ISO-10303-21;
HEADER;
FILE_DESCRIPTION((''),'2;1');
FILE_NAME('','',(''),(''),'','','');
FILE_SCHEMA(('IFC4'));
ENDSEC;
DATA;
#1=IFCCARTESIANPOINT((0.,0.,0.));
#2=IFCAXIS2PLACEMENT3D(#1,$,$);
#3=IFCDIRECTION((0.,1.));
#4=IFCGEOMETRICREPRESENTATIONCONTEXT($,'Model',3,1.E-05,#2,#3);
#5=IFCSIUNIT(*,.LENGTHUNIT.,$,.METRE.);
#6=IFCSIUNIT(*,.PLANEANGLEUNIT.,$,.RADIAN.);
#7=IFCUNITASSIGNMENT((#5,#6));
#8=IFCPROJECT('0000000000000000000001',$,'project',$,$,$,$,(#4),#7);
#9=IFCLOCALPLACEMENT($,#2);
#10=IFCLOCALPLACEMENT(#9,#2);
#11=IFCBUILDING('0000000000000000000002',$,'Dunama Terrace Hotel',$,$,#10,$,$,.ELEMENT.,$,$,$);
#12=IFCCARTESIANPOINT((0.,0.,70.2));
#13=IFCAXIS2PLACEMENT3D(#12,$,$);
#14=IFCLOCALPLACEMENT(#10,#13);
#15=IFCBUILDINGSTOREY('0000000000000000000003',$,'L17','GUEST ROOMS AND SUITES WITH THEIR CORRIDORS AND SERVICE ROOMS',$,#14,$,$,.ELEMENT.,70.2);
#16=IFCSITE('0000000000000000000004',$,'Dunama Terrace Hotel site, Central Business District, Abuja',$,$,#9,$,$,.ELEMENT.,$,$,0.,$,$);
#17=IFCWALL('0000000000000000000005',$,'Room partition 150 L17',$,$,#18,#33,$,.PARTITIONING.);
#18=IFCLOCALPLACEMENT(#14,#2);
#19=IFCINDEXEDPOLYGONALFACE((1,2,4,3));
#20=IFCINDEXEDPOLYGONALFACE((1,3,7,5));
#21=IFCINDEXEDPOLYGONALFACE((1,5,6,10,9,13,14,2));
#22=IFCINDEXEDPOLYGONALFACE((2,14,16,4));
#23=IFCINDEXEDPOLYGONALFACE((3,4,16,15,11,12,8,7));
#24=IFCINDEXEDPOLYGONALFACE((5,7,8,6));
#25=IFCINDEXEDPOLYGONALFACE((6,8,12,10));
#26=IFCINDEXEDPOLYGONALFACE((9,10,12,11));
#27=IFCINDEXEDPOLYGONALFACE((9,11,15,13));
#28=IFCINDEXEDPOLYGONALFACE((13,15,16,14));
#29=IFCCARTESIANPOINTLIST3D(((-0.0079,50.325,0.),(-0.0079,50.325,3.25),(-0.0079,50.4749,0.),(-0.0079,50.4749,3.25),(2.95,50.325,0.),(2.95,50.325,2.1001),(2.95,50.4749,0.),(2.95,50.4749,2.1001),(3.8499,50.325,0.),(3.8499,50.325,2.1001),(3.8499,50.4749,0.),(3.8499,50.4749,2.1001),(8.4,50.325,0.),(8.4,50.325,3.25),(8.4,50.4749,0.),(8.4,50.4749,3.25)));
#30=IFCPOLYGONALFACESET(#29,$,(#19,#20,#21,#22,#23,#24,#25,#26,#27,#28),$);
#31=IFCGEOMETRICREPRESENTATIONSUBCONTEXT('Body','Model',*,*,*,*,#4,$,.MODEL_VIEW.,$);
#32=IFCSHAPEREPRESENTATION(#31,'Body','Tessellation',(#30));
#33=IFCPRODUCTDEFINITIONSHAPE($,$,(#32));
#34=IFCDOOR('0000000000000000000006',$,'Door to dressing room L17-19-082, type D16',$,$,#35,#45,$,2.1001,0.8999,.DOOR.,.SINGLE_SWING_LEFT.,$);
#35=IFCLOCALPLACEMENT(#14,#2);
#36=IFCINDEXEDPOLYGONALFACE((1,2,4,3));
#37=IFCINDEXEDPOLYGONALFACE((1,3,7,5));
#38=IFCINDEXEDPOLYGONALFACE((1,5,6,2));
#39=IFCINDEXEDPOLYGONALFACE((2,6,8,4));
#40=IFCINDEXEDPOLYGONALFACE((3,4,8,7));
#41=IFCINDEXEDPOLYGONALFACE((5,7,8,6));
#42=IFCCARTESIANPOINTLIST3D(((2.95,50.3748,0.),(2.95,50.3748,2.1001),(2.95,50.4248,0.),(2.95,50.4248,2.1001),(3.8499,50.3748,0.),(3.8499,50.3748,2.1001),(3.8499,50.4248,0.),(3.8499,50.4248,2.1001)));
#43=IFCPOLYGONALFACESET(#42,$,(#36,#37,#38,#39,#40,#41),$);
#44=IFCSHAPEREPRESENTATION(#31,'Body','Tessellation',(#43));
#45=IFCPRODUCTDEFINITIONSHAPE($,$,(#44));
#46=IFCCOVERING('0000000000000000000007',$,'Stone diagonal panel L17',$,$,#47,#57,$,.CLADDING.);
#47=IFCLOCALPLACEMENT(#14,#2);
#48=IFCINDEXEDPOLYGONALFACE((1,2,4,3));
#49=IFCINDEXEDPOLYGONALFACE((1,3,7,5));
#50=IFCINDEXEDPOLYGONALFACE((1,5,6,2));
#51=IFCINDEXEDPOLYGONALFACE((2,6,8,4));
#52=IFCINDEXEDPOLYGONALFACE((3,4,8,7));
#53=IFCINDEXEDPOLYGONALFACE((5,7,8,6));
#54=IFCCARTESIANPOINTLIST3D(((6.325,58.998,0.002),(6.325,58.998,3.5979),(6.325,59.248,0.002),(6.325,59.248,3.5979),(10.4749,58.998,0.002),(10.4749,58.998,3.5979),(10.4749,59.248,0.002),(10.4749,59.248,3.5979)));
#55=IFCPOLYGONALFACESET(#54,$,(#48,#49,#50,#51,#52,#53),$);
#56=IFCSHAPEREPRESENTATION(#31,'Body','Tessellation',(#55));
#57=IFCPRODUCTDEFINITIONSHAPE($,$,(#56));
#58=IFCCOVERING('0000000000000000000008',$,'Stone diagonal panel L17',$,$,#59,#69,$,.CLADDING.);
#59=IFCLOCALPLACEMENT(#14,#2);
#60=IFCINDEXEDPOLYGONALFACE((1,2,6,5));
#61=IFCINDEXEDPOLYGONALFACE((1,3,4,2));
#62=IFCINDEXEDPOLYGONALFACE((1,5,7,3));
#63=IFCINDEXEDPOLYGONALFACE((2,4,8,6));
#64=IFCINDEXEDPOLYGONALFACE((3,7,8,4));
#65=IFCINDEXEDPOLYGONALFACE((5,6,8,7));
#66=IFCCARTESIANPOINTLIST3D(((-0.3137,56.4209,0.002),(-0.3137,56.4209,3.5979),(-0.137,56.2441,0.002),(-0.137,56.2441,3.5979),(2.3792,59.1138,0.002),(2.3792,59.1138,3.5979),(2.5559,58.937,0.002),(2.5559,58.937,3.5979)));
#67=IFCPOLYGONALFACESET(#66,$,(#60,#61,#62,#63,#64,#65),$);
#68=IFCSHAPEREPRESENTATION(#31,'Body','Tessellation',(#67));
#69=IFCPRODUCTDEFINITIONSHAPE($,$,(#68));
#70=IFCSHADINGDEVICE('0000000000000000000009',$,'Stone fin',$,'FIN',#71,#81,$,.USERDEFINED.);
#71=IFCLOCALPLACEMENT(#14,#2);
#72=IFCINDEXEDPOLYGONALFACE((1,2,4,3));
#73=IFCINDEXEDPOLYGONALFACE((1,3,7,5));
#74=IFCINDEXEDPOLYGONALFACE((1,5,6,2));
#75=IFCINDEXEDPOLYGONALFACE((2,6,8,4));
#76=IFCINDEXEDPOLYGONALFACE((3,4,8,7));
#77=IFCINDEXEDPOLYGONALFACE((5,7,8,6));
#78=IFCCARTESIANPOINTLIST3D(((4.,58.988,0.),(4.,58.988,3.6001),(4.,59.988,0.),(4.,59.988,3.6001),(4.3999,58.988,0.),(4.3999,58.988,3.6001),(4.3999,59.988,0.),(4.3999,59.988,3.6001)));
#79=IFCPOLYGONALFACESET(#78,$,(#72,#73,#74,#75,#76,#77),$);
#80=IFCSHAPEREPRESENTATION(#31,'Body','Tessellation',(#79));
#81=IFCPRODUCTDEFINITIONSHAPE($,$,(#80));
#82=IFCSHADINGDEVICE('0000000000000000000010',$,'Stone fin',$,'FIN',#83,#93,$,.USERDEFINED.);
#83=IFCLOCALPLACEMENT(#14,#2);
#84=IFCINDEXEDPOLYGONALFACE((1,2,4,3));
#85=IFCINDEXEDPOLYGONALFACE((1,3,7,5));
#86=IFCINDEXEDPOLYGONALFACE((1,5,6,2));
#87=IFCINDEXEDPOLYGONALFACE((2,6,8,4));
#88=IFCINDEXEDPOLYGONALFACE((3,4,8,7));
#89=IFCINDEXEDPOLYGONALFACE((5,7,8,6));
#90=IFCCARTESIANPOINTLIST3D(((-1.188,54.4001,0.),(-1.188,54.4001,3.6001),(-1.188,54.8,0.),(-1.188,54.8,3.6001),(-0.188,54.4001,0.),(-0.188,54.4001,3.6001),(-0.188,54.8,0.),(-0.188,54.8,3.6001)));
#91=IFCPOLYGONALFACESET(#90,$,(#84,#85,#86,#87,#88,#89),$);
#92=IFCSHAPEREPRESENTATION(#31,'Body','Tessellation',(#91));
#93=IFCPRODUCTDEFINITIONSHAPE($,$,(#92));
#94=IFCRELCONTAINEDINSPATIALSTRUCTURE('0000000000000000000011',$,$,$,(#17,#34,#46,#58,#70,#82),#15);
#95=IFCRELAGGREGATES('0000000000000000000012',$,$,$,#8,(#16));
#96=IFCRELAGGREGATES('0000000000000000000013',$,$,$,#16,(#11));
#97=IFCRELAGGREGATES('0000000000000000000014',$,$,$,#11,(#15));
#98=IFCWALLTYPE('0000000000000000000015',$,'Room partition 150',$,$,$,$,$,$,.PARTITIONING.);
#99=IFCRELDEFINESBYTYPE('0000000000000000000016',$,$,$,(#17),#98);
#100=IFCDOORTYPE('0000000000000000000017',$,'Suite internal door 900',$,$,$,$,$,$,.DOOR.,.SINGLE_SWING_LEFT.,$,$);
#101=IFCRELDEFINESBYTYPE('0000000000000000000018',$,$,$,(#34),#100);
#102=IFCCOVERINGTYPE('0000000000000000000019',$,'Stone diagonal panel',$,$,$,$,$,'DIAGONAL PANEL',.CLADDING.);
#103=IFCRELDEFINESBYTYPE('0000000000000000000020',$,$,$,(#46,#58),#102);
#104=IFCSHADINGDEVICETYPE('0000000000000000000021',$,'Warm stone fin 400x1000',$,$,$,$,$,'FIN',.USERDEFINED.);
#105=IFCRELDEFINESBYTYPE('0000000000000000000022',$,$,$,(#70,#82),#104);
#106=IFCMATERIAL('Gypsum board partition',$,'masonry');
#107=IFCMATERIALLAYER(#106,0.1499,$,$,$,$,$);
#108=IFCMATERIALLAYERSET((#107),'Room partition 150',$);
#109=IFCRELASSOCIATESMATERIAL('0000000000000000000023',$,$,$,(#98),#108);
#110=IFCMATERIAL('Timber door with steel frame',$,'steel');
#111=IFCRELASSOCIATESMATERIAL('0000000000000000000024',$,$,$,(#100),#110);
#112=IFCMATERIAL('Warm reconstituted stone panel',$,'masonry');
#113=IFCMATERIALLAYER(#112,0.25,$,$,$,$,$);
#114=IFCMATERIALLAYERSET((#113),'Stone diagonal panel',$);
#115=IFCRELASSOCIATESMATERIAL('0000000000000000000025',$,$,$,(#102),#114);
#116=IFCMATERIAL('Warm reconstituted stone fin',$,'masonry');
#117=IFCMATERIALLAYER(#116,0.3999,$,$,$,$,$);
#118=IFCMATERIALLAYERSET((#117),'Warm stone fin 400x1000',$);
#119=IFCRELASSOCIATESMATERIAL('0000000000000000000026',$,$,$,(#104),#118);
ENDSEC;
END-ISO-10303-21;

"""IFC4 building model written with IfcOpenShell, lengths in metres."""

from ifc_helpers import new_model, si_unit, direction, frame, frame_2d, origin, origin_2d, place, context, subcontext, project, spatial, rectangle, extrude, material, layer, layer_set, type_object, element, fill, save


model = new_model("IFC4")

# Units and contexts
model_context = context("Model", 3, precision=1e-05, world=origin(), true_north=direction((0.0, 1.0)))
body_context = subcontext(model_context, "Body", "Model", "MODEL_VIEW")
ifc_project = project(units=[si_unit("LENGTHUNIT", "METRE"), si_unit("PLANEANGLEUNIT", "RADIAN")], contexts=[model_context])

# Site, building, storey
site_placement = place(None, origin())
site = spatial("IfcSite", under=ifc_project, at=site_placement, Name="Dunama Terrace Hotel site, Central Business District, Abuja", CompositionType="ELEMENT", RefElevation=0.0)
building_placement = place(site_placement, origin())
building = spatial("IfcBuilding", under=site, at=building_placement, Name="Dunama Terrace Hotel", CompositionType="ELEMENT")
storey_placement = place(building_placement, frame((0.0, 0.0, 70.2)))
storey = spatial("IfcBuildingStorey", under=building, at=storey_placement, Name="L17", Description="GUEST ROOMS AND SUITES WITH THEIR CORRIDORS AND SERVICE ROOMS", CompositionType="ELEMENT", Elevation=70.2)

# Wall, opening, door
ifc_material_1 = material(Name="Gypsum board partition", Category="masonry")
ifc_layer_1 = layer(ifc_material_1, 0.1499)
ifc_layer_set_1 = layer_set([ifc_layer_1], Name="Room partition 150")
wall_type_1 = type_object("IfcWallType", Name="Room partition 150", PredefinedType="PARTITIONING", material=ifc_layer_set_1)
wall_1_placement = place(storey_placement, frame((-0.0081, 50.3999, 0.0), z_axis=(0.0, 0.0, 1.0), x_axis=(1.0, 0.0, 0.0)))
wall_1 = element("IfcWall", 1, at=wall_1_placement, inside=storey, type_object=wall_type_1, Name="Room partition 150 L17", PredefinedType="PARTITIONING", context=body_context, shape_type="SweptSolid", body=[
    extrude(rectangle(XDim=8.408, YDim=0.1499, at=frame_2d((4.2041, 0.0))), origin(), (0.0, 0.0, 1.0), 3.25),
])
opening_1_placement = place(wall_1_placement, frame((2.958, 0.0, 0.0)))
opening_1 = element("IfcOpeningElement", 2, at=opening_1_placement, cuts=wall_1, PredefinedType="OPENING", context=body_context, shape_type="SweptSolid", body=[
    extrude(rectangle(XDim=0.8999, YDim=2.1001, at=frame_2d((0.45, 1.05))), frame((0.0, 0.085, 0.0), z_axis=(0.0, -1.0, 0.0), x_axis=(1.0, 0.0, 0.0)), (0.0, 0.0, 1.0), 0.1699),
])
ifc_material_2 = material(Name="Timber door with steel frame", Category="steel")
door_type_1 = type_object("IfcDoorType", Name="Suite internal door 900", OperationType="SINGLE_SWING_LEFT", PredefinedType="DOOR", material=ifc_material_2)
door_1_placement = place(opening_1_placement, frame((0.8999, 0.0, 0.0), z_axis=(0.0, 0.0, 1.0), x_axis=(-1.0, 0.0, 0.0)))
door_1 = element("IfcDoor", 3, at=door_1_placement, inside=storey, type_object=door_type_1, Name="Door to dressing room L17-19-082, type D16", OperationType="SINGLE_SWING_LEFT", OverallHeight=2.1001, OverallWidth=0.8999, PredefinedType="DOOR", context=body_context, shape_type="SweptSolid", body=[
    extrude(rectangle(XDim=0.8999, YDim=2.1001, at=frame_2d((0.45, 1.05))), frame((0.0, 0.0251, 0.0), z_axis=(0.0, -1.0, 0.0), x_axis=(1.0, 0.0, 0.0)), (0.0, 0.0, 1.0), 0.05),
])
fill(opening_1, door_1)

# Coverings
ifc_material_3 = material(Name="Warm reconstituted stone panel", Category="masonry")
ifc_layer_2 = layer(ifc_material_3, 0.25)
ifc_layer_set_2 = layer_set([ifc_layer_2], Name="Stone diagonal panel")
covering_type = type_object("IfcCoveringType", Name="Stone diagonal panel", ElementType="DIAGONAL PANEL", PredefinedType="CLADDING", material=ifc_layer_set_2)
covering_1_placement = place(storey_placement, frame((8.3999, 59.123, 0.002), z_axis=(0.0, 0.0, 1.0), x_axis=(-1.0, 0.0, 0.0)))
element("IfcCovering", 4, at=covering_1_placement, inside=storey, type_object=covering_type, Name="Stone diagonal panel L17", PredefinedType="CLADDING", context=body_context, shape_type="SweptSolid", body=[
    extrude(rectangle(XDim=4.1499, YDim=0.25, at=origin_2d()), origin(), (0.0, 0.0, 1.0), 3.5959),
])
covering_2_placement = place(storey_placement, frame((1.1211, 57.679, 0.002), z_axis=(0.0, 0.0, 1.0), x_axis=(-0.707107, -0.707107, 0.0)))
element("IfcCovering", 5, at=covering_2_placement, inside=storey, type_object=covering_type, Name="Stone diagonal panel L17", PredefinedType="CLADDING", context=body_context, shape_type="SweptSolid", body=[
    extrude(rectangle(XDim=3.8083, YDim=0.25, at=origin_2d()), origin(), (0.0, 0.0, 1.0), 3.5959),
])

# Shading devices
ifc_material_4 = material(Name="Warm reconstituted stone fin", Category="masonry")
ifc_layer_3 = layer(ifc_material_4, 0.3999)
ifc_layer_set_3 = layer_set([ifc_layer_3], Name="Warm stone fin 400x1000")
shading_device_type = type_object("IfcShadingDeviceType", Name="Warm stone fin 400x1000", ElementType="FIN", PredefinedType="USERDEFINED", material=ifc_layer_set_3)
for number, where, z_axis, x_axis, name in (
    (6, (4.2, 59.488, 0.0), (0.0, 0.0, 1.0), (-1.0, 0.0, 0.0), "Stone fin"),
    (7, (-0.688, 54.6001, 0.0), (0.0, 0.0, 1.0), (0.0, -1.0, 0.0), "Stone fin"),
):
    element("IfcShadingDevice", number, at=place(storey_placement, frame(where, z_axis=z_axis, x_axis=x_axis)), inside=storey, type_object=shading_device_type, Name=name, ObjectType="FIN", PredefinedType="USERDEFINED", context=body_context, shape_type="SweptSolid", body=[
        extrude(rectangle(XDim=0.3999, YDim=1.0, at=origin_2d()), origin(), (0.0, 0.0, 1.0), 3.6001),
    ])

save(model, "model.ifc")
